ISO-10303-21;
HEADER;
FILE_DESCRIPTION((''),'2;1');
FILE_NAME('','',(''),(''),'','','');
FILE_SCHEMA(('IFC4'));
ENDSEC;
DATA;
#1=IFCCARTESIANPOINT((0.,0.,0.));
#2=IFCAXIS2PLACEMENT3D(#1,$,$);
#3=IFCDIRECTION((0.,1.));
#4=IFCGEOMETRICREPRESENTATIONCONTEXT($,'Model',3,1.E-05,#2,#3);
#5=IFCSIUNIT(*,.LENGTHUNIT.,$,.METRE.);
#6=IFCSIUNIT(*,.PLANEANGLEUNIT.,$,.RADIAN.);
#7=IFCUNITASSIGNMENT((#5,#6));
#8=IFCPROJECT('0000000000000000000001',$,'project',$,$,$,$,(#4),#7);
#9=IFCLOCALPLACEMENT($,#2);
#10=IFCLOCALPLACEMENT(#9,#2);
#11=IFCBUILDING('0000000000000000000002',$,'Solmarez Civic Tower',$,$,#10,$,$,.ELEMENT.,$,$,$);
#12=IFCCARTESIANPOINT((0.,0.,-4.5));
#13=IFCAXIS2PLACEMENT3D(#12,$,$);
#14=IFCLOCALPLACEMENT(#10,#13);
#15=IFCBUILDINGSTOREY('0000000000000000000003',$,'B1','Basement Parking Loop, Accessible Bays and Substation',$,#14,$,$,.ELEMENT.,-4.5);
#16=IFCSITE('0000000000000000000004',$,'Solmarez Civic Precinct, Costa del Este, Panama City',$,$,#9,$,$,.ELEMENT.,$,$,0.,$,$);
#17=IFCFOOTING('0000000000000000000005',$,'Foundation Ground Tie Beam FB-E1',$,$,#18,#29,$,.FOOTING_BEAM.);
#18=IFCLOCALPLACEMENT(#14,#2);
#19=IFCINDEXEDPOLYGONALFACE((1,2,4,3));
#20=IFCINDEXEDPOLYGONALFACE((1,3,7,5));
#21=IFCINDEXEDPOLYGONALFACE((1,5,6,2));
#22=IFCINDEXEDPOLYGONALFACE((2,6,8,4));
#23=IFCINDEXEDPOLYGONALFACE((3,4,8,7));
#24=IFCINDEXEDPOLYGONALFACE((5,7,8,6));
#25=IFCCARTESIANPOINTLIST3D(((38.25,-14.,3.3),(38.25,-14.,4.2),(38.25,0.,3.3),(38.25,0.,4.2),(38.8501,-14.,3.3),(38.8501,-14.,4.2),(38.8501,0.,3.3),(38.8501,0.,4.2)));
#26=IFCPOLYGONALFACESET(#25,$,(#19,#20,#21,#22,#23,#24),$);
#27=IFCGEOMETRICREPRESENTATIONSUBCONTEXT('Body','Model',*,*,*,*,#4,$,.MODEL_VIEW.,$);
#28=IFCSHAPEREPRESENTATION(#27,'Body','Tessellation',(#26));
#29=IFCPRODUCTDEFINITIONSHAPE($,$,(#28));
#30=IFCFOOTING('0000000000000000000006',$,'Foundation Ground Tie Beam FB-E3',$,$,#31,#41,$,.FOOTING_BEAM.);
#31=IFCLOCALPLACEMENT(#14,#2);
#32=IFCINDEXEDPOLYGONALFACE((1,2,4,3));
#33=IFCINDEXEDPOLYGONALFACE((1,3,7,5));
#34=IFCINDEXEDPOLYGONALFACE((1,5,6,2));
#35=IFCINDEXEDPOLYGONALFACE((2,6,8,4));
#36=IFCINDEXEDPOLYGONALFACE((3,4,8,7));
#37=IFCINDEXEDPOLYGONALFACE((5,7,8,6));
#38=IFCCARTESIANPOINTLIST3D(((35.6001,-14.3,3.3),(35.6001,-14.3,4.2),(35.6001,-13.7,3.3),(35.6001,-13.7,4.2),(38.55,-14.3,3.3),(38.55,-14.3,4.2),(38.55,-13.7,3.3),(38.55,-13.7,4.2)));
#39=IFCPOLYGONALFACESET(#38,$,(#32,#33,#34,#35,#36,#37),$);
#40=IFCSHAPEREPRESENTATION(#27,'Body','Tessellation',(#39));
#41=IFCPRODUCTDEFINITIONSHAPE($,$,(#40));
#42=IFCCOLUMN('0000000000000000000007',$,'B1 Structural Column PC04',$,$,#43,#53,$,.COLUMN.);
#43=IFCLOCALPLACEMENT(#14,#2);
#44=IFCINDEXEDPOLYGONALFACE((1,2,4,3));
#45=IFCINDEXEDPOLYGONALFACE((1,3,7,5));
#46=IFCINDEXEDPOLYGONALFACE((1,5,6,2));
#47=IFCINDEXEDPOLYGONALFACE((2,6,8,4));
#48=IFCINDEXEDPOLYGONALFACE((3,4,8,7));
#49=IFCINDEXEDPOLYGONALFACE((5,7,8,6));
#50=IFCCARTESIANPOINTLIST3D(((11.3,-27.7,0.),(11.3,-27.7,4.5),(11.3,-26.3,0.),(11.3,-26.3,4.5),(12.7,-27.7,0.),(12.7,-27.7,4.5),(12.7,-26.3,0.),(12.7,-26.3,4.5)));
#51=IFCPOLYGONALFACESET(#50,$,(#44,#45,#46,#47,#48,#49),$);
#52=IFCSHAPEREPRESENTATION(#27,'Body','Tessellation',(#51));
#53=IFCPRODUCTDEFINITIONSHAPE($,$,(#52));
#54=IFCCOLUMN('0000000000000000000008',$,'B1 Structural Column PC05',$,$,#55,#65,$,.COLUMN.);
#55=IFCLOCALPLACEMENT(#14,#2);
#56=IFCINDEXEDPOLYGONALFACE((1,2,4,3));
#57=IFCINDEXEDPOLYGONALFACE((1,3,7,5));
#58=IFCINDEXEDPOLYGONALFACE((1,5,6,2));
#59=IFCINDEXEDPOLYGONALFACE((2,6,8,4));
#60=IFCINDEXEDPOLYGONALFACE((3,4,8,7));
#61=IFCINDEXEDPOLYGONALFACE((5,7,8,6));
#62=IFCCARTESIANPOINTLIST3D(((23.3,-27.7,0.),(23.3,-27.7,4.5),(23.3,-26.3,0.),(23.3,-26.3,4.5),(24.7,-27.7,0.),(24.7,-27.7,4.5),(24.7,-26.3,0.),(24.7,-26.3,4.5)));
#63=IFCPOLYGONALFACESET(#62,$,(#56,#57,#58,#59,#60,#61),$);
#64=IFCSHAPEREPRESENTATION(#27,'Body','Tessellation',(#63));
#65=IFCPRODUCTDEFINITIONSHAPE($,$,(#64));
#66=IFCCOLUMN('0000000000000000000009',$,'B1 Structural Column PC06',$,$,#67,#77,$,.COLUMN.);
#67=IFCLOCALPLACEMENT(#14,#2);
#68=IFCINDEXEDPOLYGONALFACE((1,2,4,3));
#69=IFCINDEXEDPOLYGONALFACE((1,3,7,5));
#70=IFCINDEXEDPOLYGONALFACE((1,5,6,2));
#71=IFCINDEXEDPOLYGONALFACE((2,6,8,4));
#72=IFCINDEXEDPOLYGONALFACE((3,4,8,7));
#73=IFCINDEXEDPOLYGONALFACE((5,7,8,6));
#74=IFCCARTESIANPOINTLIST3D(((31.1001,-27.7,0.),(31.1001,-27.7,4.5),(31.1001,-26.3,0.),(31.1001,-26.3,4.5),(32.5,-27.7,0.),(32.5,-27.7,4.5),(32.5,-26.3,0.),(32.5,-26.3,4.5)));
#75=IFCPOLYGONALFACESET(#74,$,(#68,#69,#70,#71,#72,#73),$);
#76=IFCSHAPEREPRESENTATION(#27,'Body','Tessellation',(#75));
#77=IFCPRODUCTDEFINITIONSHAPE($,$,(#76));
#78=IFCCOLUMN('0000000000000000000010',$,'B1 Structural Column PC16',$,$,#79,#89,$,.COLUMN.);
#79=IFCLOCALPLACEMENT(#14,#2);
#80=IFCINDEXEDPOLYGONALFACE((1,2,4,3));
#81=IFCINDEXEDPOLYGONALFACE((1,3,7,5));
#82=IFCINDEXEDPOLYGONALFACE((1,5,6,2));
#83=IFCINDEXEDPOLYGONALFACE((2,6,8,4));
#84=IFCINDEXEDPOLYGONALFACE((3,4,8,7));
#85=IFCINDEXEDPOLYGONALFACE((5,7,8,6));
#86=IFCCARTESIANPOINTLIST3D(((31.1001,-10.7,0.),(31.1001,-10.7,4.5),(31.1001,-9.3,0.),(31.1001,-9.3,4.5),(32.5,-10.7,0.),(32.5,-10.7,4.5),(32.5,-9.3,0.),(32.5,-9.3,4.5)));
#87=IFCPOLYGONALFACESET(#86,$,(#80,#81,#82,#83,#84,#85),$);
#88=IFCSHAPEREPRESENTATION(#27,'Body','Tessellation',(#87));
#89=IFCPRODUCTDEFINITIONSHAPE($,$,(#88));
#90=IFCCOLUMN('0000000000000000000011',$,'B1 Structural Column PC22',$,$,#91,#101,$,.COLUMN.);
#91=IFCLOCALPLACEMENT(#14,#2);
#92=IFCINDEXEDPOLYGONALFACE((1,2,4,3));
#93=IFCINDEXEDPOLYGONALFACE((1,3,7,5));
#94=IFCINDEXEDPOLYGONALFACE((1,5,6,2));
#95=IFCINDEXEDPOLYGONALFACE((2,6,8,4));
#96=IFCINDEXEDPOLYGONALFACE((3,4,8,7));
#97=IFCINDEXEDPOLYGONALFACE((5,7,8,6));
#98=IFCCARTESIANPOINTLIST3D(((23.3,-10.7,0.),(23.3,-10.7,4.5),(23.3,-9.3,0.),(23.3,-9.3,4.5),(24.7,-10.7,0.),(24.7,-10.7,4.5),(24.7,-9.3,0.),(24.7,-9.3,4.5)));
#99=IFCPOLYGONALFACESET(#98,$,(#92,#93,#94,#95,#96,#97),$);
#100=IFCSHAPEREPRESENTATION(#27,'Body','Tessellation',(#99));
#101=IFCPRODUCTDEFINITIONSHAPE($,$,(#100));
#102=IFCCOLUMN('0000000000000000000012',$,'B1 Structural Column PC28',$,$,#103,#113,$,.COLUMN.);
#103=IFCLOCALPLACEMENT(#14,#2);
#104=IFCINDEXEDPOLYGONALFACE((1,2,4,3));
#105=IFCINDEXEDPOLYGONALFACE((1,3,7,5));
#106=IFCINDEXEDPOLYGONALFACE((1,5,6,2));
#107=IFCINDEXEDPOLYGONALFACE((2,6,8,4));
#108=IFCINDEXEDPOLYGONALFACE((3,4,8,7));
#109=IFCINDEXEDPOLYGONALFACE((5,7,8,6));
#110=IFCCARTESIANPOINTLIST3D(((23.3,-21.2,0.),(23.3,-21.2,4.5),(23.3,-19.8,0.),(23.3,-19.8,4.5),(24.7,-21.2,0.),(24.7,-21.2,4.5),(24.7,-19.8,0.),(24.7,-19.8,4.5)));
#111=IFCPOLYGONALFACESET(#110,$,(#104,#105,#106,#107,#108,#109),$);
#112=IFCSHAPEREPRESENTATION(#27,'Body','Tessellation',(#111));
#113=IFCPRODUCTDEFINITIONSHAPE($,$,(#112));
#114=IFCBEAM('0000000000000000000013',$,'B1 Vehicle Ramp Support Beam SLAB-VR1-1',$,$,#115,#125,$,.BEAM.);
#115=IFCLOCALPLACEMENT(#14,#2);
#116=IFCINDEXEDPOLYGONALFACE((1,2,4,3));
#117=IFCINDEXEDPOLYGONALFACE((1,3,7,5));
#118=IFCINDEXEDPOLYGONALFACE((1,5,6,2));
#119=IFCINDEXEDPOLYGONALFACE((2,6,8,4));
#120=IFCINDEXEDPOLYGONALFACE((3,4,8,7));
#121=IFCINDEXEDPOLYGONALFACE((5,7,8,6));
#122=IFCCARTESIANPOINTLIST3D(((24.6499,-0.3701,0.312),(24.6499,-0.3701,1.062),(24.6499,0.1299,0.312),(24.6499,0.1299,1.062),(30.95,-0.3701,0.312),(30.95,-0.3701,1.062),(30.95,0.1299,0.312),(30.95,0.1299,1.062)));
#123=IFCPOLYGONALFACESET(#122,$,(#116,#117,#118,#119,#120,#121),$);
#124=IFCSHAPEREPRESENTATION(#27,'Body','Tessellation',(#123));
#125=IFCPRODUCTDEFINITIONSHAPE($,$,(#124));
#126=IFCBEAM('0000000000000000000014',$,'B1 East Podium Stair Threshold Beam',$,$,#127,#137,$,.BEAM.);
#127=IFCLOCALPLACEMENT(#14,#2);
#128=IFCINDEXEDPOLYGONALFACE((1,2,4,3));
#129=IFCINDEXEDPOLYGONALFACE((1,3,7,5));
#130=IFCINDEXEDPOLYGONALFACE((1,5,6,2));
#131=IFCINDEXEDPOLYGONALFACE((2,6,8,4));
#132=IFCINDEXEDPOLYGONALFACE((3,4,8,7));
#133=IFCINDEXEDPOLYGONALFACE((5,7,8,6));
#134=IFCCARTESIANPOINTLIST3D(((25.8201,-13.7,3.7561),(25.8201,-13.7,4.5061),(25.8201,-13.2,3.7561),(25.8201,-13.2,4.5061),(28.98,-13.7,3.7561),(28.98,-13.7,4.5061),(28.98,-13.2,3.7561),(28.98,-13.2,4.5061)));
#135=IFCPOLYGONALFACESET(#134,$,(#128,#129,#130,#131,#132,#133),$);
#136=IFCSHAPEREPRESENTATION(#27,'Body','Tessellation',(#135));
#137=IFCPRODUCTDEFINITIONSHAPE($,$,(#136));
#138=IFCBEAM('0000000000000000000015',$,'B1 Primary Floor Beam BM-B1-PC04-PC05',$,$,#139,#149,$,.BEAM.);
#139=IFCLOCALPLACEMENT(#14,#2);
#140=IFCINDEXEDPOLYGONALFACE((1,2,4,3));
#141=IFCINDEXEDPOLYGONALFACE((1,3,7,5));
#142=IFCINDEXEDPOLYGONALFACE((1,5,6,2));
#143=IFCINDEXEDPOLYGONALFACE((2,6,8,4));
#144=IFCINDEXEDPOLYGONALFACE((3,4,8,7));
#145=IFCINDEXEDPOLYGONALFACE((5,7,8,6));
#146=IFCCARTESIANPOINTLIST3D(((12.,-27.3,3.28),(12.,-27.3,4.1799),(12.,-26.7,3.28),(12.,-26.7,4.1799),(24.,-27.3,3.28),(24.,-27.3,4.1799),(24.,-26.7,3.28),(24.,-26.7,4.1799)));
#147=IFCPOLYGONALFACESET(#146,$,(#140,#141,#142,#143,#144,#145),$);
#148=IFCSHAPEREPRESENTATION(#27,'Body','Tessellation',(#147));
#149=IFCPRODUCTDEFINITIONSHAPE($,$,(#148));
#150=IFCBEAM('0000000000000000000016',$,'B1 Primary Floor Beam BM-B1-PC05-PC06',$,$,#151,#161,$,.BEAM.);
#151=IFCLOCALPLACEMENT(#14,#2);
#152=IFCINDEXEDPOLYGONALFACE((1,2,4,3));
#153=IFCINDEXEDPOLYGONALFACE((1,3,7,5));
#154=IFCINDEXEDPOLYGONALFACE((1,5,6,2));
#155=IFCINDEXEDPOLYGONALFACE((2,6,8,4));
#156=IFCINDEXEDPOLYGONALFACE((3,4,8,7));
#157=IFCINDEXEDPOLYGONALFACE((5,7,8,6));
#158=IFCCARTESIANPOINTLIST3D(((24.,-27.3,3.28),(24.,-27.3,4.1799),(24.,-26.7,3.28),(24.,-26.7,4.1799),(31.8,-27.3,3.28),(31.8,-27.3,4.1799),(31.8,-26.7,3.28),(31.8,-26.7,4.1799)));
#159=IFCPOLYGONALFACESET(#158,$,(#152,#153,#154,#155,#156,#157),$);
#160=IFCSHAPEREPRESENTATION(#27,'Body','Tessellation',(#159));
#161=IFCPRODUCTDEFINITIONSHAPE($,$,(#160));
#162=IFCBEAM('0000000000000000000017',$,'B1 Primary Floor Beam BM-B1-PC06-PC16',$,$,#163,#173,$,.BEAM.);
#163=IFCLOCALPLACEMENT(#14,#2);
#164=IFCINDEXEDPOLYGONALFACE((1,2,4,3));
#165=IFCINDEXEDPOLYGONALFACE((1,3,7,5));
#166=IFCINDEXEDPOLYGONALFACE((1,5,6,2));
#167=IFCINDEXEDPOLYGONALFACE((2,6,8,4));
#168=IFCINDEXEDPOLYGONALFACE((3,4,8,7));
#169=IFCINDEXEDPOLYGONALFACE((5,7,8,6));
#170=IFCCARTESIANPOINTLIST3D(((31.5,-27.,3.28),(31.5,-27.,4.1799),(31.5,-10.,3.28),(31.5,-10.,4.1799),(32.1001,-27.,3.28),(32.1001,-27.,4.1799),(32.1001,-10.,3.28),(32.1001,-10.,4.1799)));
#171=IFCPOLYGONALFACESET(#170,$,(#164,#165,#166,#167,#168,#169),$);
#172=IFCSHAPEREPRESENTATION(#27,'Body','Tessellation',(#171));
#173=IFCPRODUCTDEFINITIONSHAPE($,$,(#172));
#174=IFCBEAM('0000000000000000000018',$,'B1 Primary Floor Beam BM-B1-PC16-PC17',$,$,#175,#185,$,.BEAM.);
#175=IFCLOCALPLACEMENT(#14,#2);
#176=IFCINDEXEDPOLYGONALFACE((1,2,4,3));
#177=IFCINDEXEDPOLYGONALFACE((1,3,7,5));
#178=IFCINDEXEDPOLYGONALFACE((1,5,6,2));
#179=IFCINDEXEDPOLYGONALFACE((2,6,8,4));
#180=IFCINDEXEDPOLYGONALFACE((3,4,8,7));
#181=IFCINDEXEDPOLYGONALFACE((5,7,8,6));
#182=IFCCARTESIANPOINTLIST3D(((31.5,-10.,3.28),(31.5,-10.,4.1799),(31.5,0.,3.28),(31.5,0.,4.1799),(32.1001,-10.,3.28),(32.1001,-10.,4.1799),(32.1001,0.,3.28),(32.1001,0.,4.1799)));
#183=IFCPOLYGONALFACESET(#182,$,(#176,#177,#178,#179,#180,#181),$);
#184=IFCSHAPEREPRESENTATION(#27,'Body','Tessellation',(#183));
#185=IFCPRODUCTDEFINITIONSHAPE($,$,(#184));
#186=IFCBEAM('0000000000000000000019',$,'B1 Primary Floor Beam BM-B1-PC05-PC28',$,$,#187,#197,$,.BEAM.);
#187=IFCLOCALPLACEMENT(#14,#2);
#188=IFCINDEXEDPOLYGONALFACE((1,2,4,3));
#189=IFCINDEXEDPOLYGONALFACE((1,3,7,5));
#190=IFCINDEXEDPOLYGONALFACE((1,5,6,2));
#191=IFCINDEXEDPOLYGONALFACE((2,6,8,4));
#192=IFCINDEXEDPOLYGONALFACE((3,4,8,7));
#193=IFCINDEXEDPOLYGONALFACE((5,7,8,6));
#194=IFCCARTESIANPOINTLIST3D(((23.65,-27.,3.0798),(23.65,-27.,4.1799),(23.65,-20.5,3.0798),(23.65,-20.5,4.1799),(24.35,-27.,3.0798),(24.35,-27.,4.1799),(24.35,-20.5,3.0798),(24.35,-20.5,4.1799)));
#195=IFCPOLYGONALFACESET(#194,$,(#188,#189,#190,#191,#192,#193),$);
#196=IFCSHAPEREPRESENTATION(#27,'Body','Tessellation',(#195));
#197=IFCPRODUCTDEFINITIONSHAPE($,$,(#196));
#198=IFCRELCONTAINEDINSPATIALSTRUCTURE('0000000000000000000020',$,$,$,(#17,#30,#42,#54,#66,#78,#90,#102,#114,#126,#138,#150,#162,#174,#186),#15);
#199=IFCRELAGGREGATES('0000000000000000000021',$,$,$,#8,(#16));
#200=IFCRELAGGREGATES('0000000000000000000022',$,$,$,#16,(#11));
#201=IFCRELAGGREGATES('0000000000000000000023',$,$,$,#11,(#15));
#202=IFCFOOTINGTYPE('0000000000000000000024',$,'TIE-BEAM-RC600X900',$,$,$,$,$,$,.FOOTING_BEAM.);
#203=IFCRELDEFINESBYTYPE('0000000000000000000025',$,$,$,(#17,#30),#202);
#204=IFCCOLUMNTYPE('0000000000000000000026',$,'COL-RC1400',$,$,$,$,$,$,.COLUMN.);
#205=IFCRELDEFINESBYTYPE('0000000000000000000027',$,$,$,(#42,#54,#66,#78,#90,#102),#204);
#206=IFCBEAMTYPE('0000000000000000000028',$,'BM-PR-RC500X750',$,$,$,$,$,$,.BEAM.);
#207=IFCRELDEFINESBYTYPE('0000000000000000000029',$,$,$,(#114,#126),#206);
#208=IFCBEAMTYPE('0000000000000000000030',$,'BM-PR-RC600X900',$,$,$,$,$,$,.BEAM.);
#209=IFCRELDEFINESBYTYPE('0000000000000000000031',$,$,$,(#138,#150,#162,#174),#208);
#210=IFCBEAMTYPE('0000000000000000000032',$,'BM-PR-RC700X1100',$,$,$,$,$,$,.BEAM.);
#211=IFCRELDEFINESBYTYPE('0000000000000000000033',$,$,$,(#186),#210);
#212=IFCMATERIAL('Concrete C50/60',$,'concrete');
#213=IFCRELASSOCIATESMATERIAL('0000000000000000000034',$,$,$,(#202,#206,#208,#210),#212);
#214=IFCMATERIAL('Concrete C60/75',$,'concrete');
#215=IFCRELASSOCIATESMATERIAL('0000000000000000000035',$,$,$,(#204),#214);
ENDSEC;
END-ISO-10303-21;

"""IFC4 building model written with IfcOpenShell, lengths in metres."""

from ifc_helpers import new_model, si_unit, direction, frame, origin, origin_2d, place, context, subcontext, project, spatial, rectangle, extrude, material, material_profile, profile_set, type_object, element, save


model = new_model("IFC4")

# Units and contexts
model_context = context("Model", 3, precision=1e-05, world=origin(), true_north=direction((0.0, 1.0)))
body_context = subcontext(model_context, "Body", "Model", "MODEL_VIEW")
ifc_project = project(units=[si_unit("LENGTHUNIT", "METRE"), si_unit("PLANEANGLEUNIT", "RADIAN")], contexts=[model_context])

# Site, building, storey
site_placement = place(None, origin())
site = spatial("IfcSite", under=ifc_project, at=site_placement, Name="Solmarez Civic Precinct, Costa del Este, Panama City", CompositionType="ELEMENT", RefElevation=0.0)
building_placement = place(site_placement, origin())
building = spatial("IfcBuilding", under=site, at=building_placement, Name="Solmarez Civic Tower", CompositionType="ELEMENT")
storey_placement = place(building_placement, frame((0.0, 0.0, -4.5)))
storey = spatial("IfcBuildingStorey", under=building, at=storey_placement, Name="B1", Description="Basement Parking Loop, Accessible Bays and Substation", CompositionType="ELEMENT", Elevation=-4.5)

# Footings
ifc_material_1 = material(Name="Concrete C50/60", Category="concrete")
ifc_material_profile_1 = material_profile(ifc_material_1, rectangle(XDim=0.6001, YDim=0.8999, at=origin_2d()), Name="RC600X900")
ifc_profile_set_1 = profile_set([ifc_material_profile_1], Name="Concrete C50/60")
footing_type = type_object("IfcFootingType", Name="TIE-BEAM-RC600X900", PredefinedType="FOOTING_BEAM", material=ifc_profile_set_1)
footing_1_placement = place(storey_placement, frame((38.55, -14.0, 3.75), z_axis=(0.0, 1.0, 0.0), x_axis=(-1.0, 0.0, 0.0)))
element("IfcFooting", 1, at=footing_1_placement, inside=storey, type_object=footing_type, Name="Foundation Ground Tie Beam FB-E1", PredefinedType="FOOTING_BEAM", context=body_context, shape_type="SweptSolid", body=[
    extrude(rectangle(XDim=0.6001, YDim=0.8999, at=origin_2d()), origin(), (0.0, 0.0, 1.0), 14.0),
])
footing_2_placement = place(storey_placement, frame((38.55, -14.0, 3.75), z_axis=(-1.0, 0.0, 0.0), x_axis=(0.0, -1.0, 0.0)))
element("IfcFooting", 2, at=footing_2_placement, inside=storey, type_object=footing_type, Name="Foundation Ground Tie Beam FB-E3", PredefinedType="FOOTING_BEAM", context=body_context, shape_type="SweptSolid", body=[
    extrude(rectangle(XDim=0.6001, YDim=0.8999, at=origin_2d()), origin(), (0.0, 0.0, 1.0), 2.95),
])

# Columns
ifc_material_2 = material(Name="Concrete C60/75", Category="concrete")
ifc_material_profile_2 = material_profile(ifc_material_2, rectangle(XDim=1.3999, YDim=1.3999, at=origin_2d()), Name="RC1400X1400")
ifc_profile_set_2 = profile_set([ifc_material_profile_2], Name="Concrete C60/75")
column_type = type_object("IfcColumnType", Name="COL-RC1400", PredefinedType="COLUMN", material=ifc_profile_set_2)
for number, where, z_axis, x_axis, name in (
    (3, (12.0, -27.0, 0.0), (0.0, 0.0, 1.0), (1.0, 0.0, 0.0), "B1 Structural Column PC04"),
    (4, (24.0, -27.0, 0.0), (0.0, 0.0, 1.0), (1.0, 0.0, 0.0), "B1 Structural Column PC05"),
    (5, (31.8, -27.0, 0.0), (0.0, 0.0, 1.0), (1.0, 0.0, 0.0), "B1 Structural Column PC06"),
    (6, (31.8, -10.0, 0.0), (0.0, 0.0, 1.0), (1.0, 0.0, 0.0), "B1 Structural Column PC16"),
    (7, (24.0, -10.0, 0.0), (0.0, 0.0, 1.0), (1.0, 0.0, 0.0), "B1 Structural Column PC22"),
    (8, (24.0, -20.5, 0.0), (0.0, 0.0, 1.0), (1.0, 0.0, 0.0), "B1 Structural Column PC28"),
):
    element("IfcColumn", number, at=place(storey_placement, frame(where, z_axis=z_axis, x_axis=x_axis)), inside=storey, type_object=column_type, Name=name, PredefinedType="COLUMN", context=body_context, shape_type="SweptSolid", body=[
        extrude(rectangle(XDim=1.3999, YDim=1.3999, at=origin_2d()), origin(), (0.0, 0.0, 1.0), 4.5),
    ])

# Beams
ifc_material_profile_3 = material_profile(ifc_material_1, rectangle(XDim=0.5, YDim=0.75, at=origin_2d()), Name="RC500X750")
ifc_profile_set_3 = profile_set([ifc_material_profile_3], Name="Concrete C50/60")
beam_type_1 = type_object("IfcBeamType", Name="BM-PR-RC500X750", PredefinedType="BEAM", material=ifc_profile_set_3)
beam_1_placement = place(storey_placement, frame((24.6499, -0.1201, 0.687), z_axis=(1.0, 0.0, 0.0), x_axis=(0.0, 1.0, 0.0)))
element("IfcBeam", 9, at=beam_1_placement, inside=storey, type_object=beam_type_1, Name="B1 Vehicle Ramp Support Beam SLAB-VR1-1", PredefinedType="BEAM", context=body_context, shape_type="SweptSolid", body=[
    extrude(rectangle(XDim=0.5, YDim=0.75, at=origin_2d()), origin(), (0.0, 0.0, 1.0), 6.3),
])
beam_2_placement = place(storey_placement, frame((25.8201, -13.45, 4.1311), z_axis=(1.0, 0.0, 0.0), x_axis=(0.0, 1.0, 0.0)))
element("IfcBeam", 10, at=beam_2_placement, inside=storey, type_object=beam_type_1, Name="B1 East Podium Stair Threshold Beam", PredefinedType="BEAM", context=body_context, shape_type="SweptSolid", body=[
    extrude(rectangle(XDim=0.5, YDim=0.75, at=origin_2d()), origin(), (0.0, 0.0, 1.0), 3.1599),
])
ifc_material_profile_4 = material_profile(ifc_material_1, rectangle(XDim=0.6001, YDim=0.8999, at=origin_2d()), Name="RC600X900")
ifc_profile_set_4 = profile_set([ifc_material_profile_4], Name="Concrete C50/60")
beam_type_2 = type_object("IfcBeamType", Name="BM-PR-RC600X900", PredefinedType="BEAM", material=ifc_profile_set_4)
beam_3_placement = place(storey_placement, frame((12.0, -27.0, 3.73), z_axis=(1.0, 0.0, 0.0), x_axis=(0.0, 1.0, 0.0)))
element("IfcBeam", 11, at=beam_3_placement, inside=storey, type_object=beam_type_2, Name="B1 Primary Floor Beam BM-B1-PC04-PC05", PredefinedType="BEAM", context=body_context, shape_type="SweptSolid", body=[
    extrude(rectangle(XDim=0.6001, YDim=0.8999, at=origin_2d()), origin(), (0.0, 0.0, 1.0), 12.0),
])
beam_4_placement = place(storey_placement, frame((24.0, -27.0, 3.73), z_axis=(1.0, 0.0, 0.0), x_axis=(0.0, 1.0, 0.0)))
element("IfcBeam", 12, at=beam_4_placement, inside=storey, type_object=beam_type_2, Name="B1 Primary Floor Beam BM-B1-PC05-PC06", PredefinedType="BEAM", context=body_context, shape_type="SweptSolid", body=[
    extrude(rectangle(XDim=0.6001, YDim=0.8999, at=origin_2d()), origin(), (0.0, 0.0, 1.0), 7.8),
])
beam_5_placement = place(storey_placement, frame((31.8, -27.0, 3.73), z_axis=(0.0, 1.0, 0.0), x_axis=(-1.0, 0.0, 0.0)))
element("IfcBeam", 13, at=beam_5_placement, inside=storey, type_object=beam_type_2, Name="B1 Primary Floor Beam BM-B1-PC06-PC16", PredefinedType="BEAM", context=body_context, shape_type="SweptSolid", body=[
    extrude(rectangle(XDim=0.6001, YDim=0.8999, at=origin_2d()), origin(), (0.0, 0.0, 1.0), 17.0),
])
beam_6_placement = place(storey_placement, frame((31.8, -10.0, 3.73), z_axis=(0.0, 1.0, 0.0), x_axis=(-1.0, 0.0, 0.0)))
element("IfcBeam", 14, at=beam_6_placement, inside=storey, type_object=beam_type_2, Name="B1 Primary Floor Beam BM-B1-PC16-PC17", PredefinedType="BEAM", context=body_context, shape_type="SweptSolid", body=[
    extrude(rectangle(XDim=0.6001, YDim=0.8999, at=origin_2d()), origin(), (0.0, 0.0, 1.0), 10.0),
])
ifc_material_profile_5 = material_profile(ifc_material_1, rectangle(XDim=0.7, YDim=1.1001, at=origin_2d()), Name="RC700X1100")
ifc_profile_set_5 = profile_set([ifc_material_profile_5], Name="Concrete C50/60")
beam_type_3 = type_object("IfcBeamType", Name="BM-PR-RC700X1100", PredefinedType="BEAM", material=ifc_profile_set_5)
beam_7_placement = place(storey_placement, frame((24.0, -27.0, 3.6299), z_axis=(0.0, 1.0, 0.0), x_axis=(-1.0, 0.0, 0.0)))
element("IfcBeam", 15, at=beam_7_placement, inside=storey, type_object=beam_type_3, Name="B1 Primary Floor Beam BM-B1-PC05-PC28", PredefinedType="BEAM", context=body_context, shape_type="SweptSolid", body=[
    extrude(rectangle(XDim=0.7, YDim=1.1001, at=origin_2d()), origin(), (0.0, 0.0, 1.0), 6.5),
])

save(model, "model.ifc")
